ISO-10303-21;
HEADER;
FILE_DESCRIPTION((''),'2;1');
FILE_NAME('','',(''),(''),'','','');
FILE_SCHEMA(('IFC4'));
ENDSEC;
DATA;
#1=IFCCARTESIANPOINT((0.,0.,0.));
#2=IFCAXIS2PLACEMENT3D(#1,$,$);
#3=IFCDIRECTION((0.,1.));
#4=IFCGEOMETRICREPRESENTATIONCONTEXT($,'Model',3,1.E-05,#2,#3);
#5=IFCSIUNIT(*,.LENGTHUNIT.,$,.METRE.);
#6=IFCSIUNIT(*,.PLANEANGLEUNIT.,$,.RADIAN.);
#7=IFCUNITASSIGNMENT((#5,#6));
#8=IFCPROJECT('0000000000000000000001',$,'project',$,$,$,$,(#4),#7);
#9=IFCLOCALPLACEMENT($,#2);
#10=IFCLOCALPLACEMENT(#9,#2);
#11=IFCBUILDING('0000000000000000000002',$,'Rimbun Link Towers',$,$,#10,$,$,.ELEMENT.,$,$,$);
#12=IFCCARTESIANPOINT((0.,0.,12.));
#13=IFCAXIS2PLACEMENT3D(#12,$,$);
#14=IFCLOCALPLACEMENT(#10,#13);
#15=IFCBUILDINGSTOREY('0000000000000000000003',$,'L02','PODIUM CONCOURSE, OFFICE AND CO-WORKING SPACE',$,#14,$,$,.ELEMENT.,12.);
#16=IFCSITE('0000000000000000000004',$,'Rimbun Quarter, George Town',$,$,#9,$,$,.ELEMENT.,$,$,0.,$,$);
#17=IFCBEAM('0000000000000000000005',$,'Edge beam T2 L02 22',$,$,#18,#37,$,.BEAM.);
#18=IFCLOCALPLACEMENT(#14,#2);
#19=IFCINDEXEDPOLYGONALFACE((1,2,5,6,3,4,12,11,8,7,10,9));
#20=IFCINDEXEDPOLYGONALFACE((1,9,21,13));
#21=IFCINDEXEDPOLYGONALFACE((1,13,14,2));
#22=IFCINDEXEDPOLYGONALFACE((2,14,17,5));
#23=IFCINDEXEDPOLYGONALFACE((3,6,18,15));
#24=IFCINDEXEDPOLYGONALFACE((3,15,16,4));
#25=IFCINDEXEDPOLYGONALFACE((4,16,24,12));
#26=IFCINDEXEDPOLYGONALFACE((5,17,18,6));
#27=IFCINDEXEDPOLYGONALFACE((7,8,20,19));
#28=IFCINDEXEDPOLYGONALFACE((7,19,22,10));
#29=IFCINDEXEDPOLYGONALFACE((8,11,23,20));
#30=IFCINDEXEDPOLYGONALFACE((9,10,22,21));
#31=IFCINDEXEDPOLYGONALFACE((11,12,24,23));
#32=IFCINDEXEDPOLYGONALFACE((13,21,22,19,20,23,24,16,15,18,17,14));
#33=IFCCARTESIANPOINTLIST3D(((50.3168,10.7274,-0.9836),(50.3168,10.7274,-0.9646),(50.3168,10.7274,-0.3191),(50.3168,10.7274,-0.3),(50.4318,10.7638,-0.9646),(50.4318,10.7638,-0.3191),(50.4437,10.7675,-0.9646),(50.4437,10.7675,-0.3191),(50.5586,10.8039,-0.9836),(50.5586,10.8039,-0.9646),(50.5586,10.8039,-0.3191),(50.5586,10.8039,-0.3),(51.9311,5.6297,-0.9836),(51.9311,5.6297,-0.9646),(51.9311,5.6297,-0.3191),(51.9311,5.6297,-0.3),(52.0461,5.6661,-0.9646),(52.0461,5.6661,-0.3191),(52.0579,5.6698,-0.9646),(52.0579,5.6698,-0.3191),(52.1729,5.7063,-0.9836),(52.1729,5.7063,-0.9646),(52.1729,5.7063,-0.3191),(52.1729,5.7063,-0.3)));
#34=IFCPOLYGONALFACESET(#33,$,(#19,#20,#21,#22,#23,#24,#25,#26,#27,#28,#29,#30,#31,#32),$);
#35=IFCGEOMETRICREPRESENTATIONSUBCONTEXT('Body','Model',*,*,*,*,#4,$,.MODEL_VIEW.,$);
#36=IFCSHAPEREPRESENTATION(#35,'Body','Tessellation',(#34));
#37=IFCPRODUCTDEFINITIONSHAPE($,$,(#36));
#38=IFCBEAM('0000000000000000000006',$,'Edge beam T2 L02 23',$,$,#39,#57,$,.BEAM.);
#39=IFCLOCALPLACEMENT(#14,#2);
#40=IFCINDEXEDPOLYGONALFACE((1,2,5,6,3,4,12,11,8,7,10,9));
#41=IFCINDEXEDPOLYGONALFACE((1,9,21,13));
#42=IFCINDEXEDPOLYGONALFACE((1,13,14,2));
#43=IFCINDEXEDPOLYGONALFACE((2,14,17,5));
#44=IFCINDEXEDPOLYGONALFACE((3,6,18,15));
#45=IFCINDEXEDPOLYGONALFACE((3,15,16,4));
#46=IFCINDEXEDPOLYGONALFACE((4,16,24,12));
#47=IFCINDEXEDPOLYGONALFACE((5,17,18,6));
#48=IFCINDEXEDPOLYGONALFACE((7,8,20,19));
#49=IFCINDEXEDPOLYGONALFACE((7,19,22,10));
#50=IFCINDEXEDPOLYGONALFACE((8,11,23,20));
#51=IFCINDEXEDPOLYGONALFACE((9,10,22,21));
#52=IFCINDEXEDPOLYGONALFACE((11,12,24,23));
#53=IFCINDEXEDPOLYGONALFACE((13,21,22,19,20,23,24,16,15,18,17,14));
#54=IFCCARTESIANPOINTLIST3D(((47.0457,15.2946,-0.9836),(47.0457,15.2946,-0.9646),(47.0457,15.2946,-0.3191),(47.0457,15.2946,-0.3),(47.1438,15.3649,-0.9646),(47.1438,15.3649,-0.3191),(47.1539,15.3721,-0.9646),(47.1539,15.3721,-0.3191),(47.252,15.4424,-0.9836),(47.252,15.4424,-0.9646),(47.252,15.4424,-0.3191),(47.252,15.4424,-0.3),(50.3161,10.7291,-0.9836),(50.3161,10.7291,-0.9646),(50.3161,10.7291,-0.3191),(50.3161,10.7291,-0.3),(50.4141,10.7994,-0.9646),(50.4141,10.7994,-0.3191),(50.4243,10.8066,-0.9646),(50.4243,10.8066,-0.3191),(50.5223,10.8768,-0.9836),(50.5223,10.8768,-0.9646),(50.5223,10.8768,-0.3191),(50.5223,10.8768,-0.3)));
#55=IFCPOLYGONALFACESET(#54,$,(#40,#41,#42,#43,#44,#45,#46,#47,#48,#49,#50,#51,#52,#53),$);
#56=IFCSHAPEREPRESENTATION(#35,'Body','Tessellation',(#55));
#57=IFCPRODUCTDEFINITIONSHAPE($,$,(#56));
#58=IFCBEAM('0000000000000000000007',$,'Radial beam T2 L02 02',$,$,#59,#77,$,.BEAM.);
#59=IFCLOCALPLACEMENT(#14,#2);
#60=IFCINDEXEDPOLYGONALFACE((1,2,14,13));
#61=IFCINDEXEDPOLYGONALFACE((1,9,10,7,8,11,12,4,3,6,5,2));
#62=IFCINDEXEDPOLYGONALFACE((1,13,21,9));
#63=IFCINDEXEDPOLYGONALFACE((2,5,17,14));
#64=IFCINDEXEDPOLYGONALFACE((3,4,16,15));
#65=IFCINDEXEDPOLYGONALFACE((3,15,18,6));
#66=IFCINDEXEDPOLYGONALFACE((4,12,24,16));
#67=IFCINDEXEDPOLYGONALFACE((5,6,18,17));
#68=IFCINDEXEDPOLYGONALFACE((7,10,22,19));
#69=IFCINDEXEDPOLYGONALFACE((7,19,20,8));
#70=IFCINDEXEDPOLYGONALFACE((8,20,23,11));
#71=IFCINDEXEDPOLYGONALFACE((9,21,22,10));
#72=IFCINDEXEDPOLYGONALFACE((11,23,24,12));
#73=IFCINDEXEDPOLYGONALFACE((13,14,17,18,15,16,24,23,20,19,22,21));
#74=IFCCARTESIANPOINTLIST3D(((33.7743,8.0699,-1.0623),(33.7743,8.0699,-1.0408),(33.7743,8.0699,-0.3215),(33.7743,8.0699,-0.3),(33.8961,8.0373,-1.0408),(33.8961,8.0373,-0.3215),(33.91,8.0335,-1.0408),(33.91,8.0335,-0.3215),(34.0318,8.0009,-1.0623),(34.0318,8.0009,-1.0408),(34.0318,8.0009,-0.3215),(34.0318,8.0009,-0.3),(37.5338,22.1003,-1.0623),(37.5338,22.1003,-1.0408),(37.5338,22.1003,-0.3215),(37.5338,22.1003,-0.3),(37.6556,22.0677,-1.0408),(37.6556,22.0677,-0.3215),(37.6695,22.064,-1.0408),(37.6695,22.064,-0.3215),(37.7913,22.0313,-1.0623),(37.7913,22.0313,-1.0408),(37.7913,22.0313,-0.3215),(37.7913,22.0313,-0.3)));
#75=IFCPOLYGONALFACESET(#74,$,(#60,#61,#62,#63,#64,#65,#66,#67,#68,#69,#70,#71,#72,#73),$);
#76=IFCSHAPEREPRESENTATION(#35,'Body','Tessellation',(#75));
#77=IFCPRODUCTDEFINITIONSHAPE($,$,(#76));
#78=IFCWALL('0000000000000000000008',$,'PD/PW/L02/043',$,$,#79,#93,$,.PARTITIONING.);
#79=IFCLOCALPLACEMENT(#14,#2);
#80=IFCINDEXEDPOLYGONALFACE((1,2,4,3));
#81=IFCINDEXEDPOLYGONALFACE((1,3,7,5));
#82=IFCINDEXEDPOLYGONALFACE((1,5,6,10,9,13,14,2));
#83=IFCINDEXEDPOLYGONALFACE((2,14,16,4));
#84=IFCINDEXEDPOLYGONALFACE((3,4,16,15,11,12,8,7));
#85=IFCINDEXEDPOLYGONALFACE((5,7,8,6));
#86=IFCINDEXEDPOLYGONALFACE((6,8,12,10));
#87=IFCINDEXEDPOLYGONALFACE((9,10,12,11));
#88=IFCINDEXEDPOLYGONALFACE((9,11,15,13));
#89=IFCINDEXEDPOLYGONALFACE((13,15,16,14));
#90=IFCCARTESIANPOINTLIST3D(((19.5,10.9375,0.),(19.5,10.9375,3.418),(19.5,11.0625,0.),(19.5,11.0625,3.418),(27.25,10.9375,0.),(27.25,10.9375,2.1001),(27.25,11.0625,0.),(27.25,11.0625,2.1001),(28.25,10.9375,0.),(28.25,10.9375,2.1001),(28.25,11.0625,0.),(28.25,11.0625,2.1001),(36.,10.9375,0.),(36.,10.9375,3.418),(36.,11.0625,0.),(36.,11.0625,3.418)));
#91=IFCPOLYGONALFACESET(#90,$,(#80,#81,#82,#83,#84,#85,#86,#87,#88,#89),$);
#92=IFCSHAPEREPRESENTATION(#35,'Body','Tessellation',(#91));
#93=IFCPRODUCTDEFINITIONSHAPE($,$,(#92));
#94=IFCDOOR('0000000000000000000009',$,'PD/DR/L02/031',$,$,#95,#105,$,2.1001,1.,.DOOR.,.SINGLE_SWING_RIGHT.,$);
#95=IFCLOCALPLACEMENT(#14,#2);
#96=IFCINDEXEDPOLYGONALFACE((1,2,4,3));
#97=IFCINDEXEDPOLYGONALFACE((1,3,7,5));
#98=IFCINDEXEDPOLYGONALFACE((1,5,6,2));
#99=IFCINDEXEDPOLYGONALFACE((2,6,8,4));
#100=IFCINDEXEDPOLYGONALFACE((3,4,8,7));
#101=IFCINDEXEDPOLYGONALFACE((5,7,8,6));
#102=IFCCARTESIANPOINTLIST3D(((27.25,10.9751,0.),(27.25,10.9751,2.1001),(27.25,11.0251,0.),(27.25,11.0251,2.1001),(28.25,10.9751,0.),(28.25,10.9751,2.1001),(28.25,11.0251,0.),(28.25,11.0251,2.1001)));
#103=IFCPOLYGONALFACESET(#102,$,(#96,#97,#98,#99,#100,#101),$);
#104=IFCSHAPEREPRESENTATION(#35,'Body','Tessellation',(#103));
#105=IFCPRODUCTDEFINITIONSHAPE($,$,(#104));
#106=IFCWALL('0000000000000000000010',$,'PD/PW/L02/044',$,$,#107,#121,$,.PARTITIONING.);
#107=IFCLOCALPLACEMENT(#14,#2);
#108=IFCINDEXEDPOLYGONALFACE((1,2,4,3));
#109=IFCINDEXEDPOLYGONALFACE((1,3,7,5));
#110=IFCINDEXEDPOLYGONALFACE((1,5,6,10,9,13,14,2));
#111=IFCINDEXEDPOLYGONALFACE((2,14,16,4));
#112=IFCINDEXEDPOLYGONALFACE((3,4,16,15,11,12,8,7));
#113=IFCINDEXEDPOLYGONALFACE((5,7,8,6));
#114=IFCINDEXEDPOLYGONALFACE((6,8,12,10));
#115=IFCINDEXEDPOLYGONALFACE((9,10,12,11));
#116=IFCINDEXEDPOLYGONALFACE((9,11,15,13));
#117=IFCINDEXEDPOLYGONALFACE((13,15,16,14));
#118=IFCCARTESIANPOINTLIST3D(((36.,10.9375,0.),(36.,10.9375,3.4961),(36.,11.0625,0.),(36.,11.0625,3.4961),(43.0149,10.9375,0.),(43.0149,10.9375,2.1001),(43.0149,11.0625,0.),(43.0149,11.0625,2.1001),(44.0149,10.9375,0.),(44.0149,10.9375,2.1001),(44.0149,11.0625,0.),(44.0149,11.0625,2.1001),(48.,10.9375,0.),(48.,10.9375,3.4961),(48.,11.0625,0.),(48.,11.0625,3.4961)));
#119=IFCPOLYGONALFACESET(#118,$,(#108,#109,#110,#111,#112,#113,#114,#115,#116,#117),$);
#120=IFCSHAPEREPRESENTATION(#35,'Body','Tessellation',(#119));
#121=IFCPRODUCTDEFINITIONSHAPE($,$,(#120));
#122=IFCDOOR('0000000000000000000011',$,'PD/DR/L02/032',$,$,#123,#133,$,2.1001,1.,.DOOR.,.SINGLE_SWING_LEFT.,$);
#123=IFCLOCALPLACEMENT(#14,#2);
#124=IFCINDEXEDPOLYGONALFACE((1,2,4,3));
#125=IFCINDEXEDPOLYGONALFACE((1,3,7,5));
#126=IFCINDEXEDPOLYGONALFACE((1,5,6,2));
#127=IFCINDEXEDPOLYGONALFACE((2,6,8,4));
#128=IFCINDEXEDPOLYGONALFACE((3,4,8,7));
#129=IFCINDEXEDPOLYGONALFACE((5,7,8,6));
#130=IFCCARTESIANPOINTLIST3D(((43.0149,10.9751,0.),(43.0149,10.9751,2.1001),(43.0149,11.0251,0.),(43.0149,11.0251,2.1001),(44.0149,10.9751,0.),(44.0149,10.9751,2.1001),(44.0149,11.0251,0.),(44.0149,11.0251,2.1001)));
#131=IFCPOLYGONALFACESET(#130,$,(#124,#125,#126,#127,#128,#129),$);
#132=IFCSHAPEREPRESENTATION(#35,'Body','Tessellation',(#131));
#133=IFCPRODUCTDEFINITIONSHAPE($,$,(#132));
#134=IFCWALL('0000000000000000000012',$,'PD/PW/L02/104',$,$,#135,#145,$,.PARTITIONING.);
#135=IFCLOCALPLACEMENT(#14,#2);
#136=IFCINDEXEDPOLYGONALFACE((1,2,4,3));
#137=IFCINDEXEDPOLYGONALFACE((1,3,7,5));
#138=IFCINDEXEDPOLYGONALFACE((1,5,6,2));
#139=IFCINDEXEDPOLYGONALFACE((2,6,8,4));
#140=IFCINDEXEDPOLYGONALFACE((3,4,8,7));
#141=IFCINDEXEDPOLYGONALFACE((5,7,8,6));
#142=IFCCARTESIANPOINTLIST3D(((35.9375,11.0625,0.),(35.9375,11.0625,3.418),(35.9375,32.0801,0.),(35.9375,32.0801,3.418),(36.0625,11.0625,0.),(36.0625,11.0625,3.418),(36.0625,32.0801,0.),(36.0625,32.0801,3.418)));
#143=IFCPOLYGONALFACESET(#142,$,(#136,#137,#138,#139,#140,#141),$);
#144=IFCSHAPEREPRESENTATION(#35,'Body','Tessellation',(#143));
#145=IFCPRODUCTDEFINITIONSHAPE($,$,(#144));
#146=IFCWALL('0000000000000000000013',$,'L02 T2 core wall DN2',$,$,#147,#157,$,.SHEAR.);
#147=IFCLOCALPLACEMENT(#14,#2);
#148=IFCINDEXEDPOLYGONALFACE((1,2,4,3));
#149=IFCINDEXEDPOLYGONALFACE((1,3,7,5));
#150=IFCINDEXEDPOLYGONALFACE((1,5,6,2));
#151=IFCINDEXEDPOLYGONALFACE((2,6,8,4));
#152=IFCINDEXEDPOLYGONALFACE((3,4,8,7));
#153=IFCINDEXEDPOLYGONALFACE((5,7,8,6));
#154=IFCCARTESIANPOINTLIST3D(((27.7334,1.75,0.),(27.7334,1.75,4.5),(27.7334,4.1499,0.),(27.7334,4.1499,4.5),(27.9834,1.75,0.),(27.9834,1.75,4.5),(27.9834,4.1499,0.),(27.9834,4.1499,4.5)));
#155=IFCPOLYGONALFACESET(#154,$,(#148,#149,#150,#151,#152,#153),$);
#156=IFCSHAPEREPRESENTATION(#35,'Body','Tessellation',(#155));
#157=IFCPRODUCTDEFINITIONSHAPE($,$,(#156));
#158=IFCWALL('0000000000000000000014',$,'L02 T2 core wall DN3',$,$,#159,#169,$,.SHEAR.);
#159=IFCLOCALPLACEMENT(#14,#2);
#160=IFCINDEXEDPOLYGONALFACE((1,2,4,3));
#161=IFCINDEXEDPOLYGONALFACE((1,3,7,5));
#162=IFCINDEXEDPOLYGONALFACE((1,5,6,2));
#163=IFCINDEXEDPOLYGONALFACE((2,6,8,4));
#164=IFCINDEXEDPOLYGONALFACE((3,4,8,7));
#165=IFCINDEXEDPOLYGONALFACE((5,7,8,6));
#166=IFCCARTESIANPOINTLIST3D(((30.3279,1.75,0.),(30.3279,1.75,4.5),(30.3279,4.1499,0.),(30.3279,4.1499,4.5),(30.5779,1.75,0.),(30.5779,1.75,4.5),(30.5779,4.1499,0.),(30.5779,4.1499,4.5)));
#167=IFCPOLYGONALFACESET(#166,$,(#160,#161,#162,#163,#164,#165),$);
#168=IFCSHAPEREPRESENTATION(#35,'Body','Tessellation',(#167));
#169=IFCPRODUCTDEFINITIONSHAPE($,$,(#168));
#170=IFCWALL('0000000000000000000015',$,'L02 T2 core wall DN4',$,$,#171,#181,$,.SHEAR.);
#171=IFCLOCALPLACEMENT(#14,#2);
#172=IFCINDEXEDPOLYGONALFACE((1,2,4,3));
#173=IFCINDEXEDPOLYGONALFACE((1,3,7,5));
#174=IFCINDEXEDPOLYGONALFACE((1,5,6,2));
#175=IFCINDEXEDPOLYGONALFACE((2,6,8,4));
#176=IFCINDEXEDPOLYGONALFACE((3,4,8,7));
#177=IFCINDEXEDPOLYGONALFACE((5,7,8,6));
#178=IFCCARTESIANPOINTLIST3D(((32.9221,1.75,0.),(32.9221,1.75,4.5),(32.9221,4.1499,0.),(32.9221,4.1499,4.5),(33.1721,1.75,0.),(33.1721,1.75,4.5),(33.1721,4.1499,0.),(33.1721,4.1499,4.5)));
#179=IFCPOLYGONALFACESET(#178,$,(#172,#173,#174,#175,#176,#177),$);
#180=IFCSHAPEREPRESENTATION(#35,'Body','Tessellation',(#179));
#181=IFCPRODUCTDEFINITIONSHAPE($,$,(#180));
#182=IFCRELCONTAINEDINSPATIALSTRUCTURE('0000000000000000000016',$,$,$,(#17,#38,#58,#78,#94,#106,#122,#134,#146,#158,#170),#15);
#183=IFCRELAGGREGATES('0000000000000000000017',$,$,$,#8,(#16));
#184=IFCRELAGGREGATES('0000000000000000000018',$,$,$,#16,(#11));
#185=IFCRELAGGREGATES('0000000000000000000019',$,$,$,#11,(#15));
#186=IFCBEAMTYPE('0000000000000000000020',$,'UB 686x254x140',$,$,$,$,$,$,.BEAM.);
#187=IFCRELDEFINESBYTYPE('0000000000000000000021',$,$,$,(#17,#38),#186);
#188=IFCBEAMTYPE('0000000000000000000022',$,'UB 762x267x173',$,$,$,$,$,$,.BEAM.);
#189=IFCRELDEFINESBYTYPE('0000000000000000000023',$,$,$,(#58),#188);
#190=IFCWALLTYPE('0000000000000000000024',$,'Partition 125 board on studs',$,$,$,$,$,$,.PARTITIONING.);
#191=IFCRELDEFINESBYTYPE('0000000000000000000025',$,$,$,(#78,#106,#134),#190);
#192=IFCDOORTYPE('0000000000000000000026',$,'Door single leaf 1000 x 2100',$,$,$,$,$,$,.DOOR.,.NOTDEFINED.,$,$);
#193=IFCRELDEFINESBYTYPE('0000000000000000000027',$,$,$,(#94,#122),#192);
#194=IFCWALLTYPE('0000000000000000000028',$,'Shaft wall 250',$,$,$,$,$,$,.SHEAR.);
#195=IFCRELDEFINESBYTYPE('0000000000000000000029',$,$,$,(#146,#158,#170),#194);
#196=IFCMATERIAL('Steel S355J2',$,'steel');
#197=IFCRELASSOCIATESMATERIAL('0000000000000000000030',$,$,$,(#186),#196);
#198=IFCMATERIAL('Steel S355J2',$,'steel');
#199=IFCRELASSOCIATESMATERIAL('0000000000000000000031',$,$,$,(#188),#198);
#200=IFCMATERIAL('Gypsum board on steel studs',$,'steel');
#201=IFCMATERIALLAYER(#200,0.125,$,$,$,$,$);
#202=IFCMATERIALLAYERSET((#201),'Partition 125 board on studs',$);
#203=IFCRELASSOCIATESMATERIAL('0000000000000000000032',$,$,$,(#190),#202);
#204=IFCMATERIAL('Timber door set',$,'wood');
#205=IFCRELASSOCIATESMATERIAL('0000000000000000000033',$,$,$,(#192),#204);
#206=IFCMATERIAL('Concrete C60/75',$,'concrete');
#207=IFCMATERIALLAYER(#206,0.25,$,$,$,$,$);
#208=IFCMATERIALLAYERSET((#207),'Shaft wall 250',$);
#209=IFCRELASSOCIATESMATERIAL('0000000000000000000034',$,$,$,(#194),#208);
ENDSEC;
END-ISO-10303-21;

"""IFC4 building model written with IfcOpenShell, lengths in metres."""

from ifc_helpers import new_model, si_unit, direction, frame, frame_2d, origin, origin_2d, place, context, subcontext, project, spatial, rectangle, i_section, extrude, material, layer, layer_set, material_profile, profile_set, type_object, element, fill, save


model = new_model("IFC4")

# Units and contexts
model_context = context("Model", 3, precision=1e-05, world=origin(), true_north=direction((0.0, 1.0)))
body_context = subcontext(model_context, "Body", "Model", "MODEL_VIEW")
ifc_project = project(units=[si_unit("LENGTHUNIT", "METRE"), si_unit("PLANEANGLEUNIT", "RADIAN")], contexts=[model_context])

# Site, building, storey
site_placement = place(None, origin())
site = spatial("IfcSite", under=ifc_project, at=site_placement, Name="Rimbun Quarter, George Town", CompositionType="ELEMENT", RefElevation=0.0)
building_placement = place(site_placement, origin())
building = spatial("IfcBuilding", under=site, at=building_placement, Name="Rimbun Link Towers", CompositionType="ELEMENT")
storey_placement = place(building_placement, frame((0.0, 0.0, 12.0)))
storey = spatial("IfcBuildingStorey", under=building, at=storey_placement, Name="L02", Description="PODIUM CONCOURSE, OFFICE AND CO-WORKING SPACE", CompositionType="ELEMENT", Elevation=12.0)

# Beams
ifc_material_1 = material(Name="Steel S355J2", Category="steel")
ifc_material_profile_1 = material_profile(ifc_material_1, i_section(OverallWidth=0.2537, OverallDepth=0.6836, WebThickness=0.0125, FlangeThickness=0.019, at=origin_2d()), Name="UB 686x254x140")
ifc_profile_set_1 = profile_set([ifc_material_profile_1], Name="Steel S355J2")
beam_type_1 = type_object("IfcBeamType", Name="UB 686x254x140", PredefinedType="BEAM", material=ifc_profile_set_1)
beam_1_placement = place(storey_placement, frame((52.052, 5.668, -0.6418), z_axis=(-0.301892, 0.953342, 0.0), x_axis=(-0.953342, -0.301892, 0.0)))
element("IfcBeam", 1, at=beam_1_placement, inside=storey, type_object=beam_type_1, Name="Edge beam T2 L02 22", PredefinedType="BEAM", context=body_context, shape_type="SweptSolid", body=[
    extrude(i_section(OverallWidth=0.2537, OverallDepth=0.6836, WebThickness=0.0125, FlangeThickness=0.019, at=origin_2d()), origin(), (0.0, 0.0, 1.0), 5.3472),
])
beam_2_placement = place(storey_placement, frame((50.4192, 10.803, -0.6418), z_axis=(-0.582327, 0.812954, 0.0), x_axis=(-0.812954, -0.582327, 0.0)))
element("IfcBeam", 2, at=beam_2_placement, inside=storey, type_object=beam_type_1, Name="Edge beam T2 L02 23", PredefinedType="BEAM", context=body_context, shape_type="SweptSolid", body=[
    extrude(i_section(OverallWidth=0.2537, OverallDepth=0.6836, WebThickness=0.0125, FlangeThickness=0.019, at=origin_2d()), origin(), (0.0, 0.0, 1.0), 5.616),
])
ifc_material_2 = material(Name="Steel S355J2", Category="steel")
ifc_material_profile_2 = material_profile(ifc_material_2, i_section(OverallWidth=0.2666, OverallDepth=0.7622, WebThickness=0.0144, FlangeThickness=0.0215, at=origin_2d()), Name="UB 762x267x173")
ifc_profile_set_2 = profile_set([ifc_material_profile_2], Name="Steel S355J2")
beam_type_2 = type_object("IfcBeamType", Name="UB 762x267x173", PredefinedType="BEAM", material=ifc_profile_set_2)
beam_3_placement = place(storey_placement, frame((33.9031, 8.0354, -0.6812), z_axis=(0.258823, 0.965925, 0.0), x_axis=(-0.965925, 0.258823, 0.0)))
element("IfcBeam", 3, at=beam_3_placement, inside=storey, type_object=beam_type_2, Name="Radial beam T2 L02 02", PredefinedType="BEAM", context=body_context, shape_type="SweptSolid", body=[
    extrude(i_section(OverallWidth=0.2666, OverallDepth=0.7622, WebThickness=0.0144, FlangeThickness=0.0215, at=origin_2d()), origin(), (0.0, 0.0, 1.0), 14.5254),
])

# Walls, openings, doors
ifc_material_3 = material(Name="Gypsum board on steel studs", Category="steel")
ifc_layer_1 = layer(ifc_material_3, 0.125)
ifc_layer_set_1 = layer_set([ifc_layer_1], Name="Partition 125 board on studs")
wall_type_1 = type_object("IfcWallType", Name="Partition 125 board on studs", PredefinedType="PARTITIONING", material=ifc_layer_set_1)
wall_1_placement = place(storey_placement, frame((36.0, 11.0, 0.0), z_axis=(0.0, 0.0, 1.0), x_axis=(-1.0, 0.0, 0.0)))
wall_1 = element("IfcWall", 4, at=wall_1_placement, inside=storey, type_object=wall_type_1, Name="PD/PW/L02/043", PredefinedType="PARTITIONING", context=body_context, shape_type="SweptSolid", body=[
    extrude(rectangle(XDim=16.5, YDim=0.125, at=frame_2d((8.25, 0.0))), origin(), (0.0, 0.0, 1.0), 3.418),
])
opening_1_placement = place(wall_1_placement, frame((7.75, 0.0, 0.0)))
opening_1 = element("IfcOpeningElement", 5, at=opening_1_placement, cuts=wall_1, PredefinedType="OPENING", context=body_context, shape_type="SweptSolid", body=[
    extrude(rectangle(XDim=1.0, YDim=2.1001, at=frame_2d((0.5, 1.05))), frame((0.0, 0.0725, 0.0), z_axis=(0.0, -1.0, 0.0), x_axis=(1.0, 0.0, 0.0)), (0.0, 0.0, 1.0), 0.145),
])
ifc_material_4 = material(Name="Timber door set", Category="wood")
door_type_1 = type_object("IfcDoorType", Name="Door single leaf 1000 x 2100", OperationType="NOTDEFINED", PredefinedType="DOOR", material=ifc_material_4)
door_1_placement = place(opening_1_placement, origin())
door_1 = element("IfcDoor", 6, at=door_1_placement, inside=storey, type_object=door_type_1, Name="PD/DR/L02/031", OperationType="SINGLE_SWING_RIGHT", OverallHeight=2.1001, OverallWidth=1.0, PredefinedType="DOOR", context=body_context, shape_type="SweptSolid", body=[
    extrude(rectangle(XDim=1.0, YDim=2.1001, at=frame_2d((0.5, 1.05))), frame((0.0, 0.0249, 0.0), z_axis=(0.0, -1.0, 0.0), x_axis=(1.0, 0.0, 0.0)), (0.0, 0.0, 1.0), 0.05),
])
fill(opening_1, door_1)
wall_2_placement = place(storey_placement, frame((48.0, 11.0, 0.0), z_axis=(0.0, 0.0, 1.0), x_axis=(-1.0, 0.0, 0.0)))
wall_2 = element("IfcWall", 7, at=wall_2_placement, inside=storey, type_object=wall_type_1, Name="PD/PW/L02/044", PredefinedType="PARTITIONING", context=body_context, shape_type="SweptSolid", body=[
    extrude(rectangle(XDim=12.0, YDim=0.125, at=frame_2d((6.0, 0.0))), origin(), (0.0, 0.0, 1.0), 3.4961),
])
opening_2_placement = place(wall_2_placement, frame((3.9851, 0.0, 0.0)))
opening_2 = element("IfcOpeningElement", 8, at=opening_2_placement, cuts=wall_2, PredefinedType="OPENING", context=body_context, shape_type="SweptSolid", body=[
    extrude(rectangle(XDim=1.0, YDim=2.1001, at=frame_2d((0.5, 1.05))), frame((0.0, 0.0725, 0.0), z_axis=(0.0, -1.0, 0.0), x_axis=(1.0, 0.0, 0.0)), (0.0, 0.0, 1.0), 0.145),
])
door_2_placement = place(opening_2_placement, origin())
door_2 = element("IfcDoor", 9, at=door_2_placement, inside=storey, type_object=door_type_1, Name="PD/DR/L02/032", OperationType="SINGLE_SWING_LEFT", OverallHeight=2.1001, OverallWidth=1.0, PredefinedType="DOOR", context=body_context, shape_type="SweptSolid", body=[
    extrude(rectangle(XDim=1.0, YDim=2.1001, at=frame_2d((0.5, 1.05))), frame((0.0, 0.0249, 0.0), z_axis=(0.0, -1.0, 0.0), x_axis=(1.0, 0.0, 0.0)), (0.0, 0.0, 1.0), 0.05),
])
fill(opening_2, door_2)

# Walls
wall_3_placement = place(storey_placement, frame((36.0, 11.0625, 0.0), z_axis=(0.0, 0.0, 1.0), x_axis=(0.0, 1.0, 0.0)))
element("IfcWall", 10, at=wall_3_placement, inside=storey, type_object=wall_type_1, Name="PD/PW/L02/104", PredefinedType="PARTITIONING", context=body_context, shape_type="SweptSolid", body=[
    extrude(rectangle(XDim=21.0176, YDim=0.125, at=frame_2d((10.5088, 0.0))), origin(), (0.0, 0.0, 1.0), 3.418),
])
ifc_material_5 = material(Name="Concrete C60/75", Category="concrete")
ifc_layer_2 = layer(ifc_material_5, 0.25)
ifc_layer_set_2 = layer_set([ifc_layer_2], Name="Shaft wall 250")
wall_type_2 = type_object("IfcWallType", Name="Shaft wall 250", PredefinedType="SHEAR", material=ifc_layer_set_2)
for number, where, z_axis, x_axis, name in (
    (11, (27.8584, 1.75, 0.0), (0.0, 0.0, 1.0), (0.0, 1.0, 0.0), "L02 T2 core wall DN2"),
    (12, (30.4529, 1.75, 0.0), (0.0, 0.0, 1.0), (0.0, 1.0, 0.0), "L02 T2 core wall DN3"),
    (13, (33.0471, 1.75, 0.0), (0.0, 0.0, 1.0), (0.0, 1.0, 0.0), "L02 T2 core wall DN4"),
):
    element("IfcWall", number, at=place(storey_placement, frame(where, z_axis=z_axis, x_axis=x_axis)), inside=storey, type_object=wall_type_2, Name=name, PredefinedType="SHEAR", context=body_context, shape_type="SweptSolid", body=[
        extrude(rectangle(XDim=2.3999, YDim=0.25, at=frame_2d((1.2, 0.0))), origin(), (0.0, 0.0, 1.0), 4.5),
    ])

save(model, "model.ifc")
